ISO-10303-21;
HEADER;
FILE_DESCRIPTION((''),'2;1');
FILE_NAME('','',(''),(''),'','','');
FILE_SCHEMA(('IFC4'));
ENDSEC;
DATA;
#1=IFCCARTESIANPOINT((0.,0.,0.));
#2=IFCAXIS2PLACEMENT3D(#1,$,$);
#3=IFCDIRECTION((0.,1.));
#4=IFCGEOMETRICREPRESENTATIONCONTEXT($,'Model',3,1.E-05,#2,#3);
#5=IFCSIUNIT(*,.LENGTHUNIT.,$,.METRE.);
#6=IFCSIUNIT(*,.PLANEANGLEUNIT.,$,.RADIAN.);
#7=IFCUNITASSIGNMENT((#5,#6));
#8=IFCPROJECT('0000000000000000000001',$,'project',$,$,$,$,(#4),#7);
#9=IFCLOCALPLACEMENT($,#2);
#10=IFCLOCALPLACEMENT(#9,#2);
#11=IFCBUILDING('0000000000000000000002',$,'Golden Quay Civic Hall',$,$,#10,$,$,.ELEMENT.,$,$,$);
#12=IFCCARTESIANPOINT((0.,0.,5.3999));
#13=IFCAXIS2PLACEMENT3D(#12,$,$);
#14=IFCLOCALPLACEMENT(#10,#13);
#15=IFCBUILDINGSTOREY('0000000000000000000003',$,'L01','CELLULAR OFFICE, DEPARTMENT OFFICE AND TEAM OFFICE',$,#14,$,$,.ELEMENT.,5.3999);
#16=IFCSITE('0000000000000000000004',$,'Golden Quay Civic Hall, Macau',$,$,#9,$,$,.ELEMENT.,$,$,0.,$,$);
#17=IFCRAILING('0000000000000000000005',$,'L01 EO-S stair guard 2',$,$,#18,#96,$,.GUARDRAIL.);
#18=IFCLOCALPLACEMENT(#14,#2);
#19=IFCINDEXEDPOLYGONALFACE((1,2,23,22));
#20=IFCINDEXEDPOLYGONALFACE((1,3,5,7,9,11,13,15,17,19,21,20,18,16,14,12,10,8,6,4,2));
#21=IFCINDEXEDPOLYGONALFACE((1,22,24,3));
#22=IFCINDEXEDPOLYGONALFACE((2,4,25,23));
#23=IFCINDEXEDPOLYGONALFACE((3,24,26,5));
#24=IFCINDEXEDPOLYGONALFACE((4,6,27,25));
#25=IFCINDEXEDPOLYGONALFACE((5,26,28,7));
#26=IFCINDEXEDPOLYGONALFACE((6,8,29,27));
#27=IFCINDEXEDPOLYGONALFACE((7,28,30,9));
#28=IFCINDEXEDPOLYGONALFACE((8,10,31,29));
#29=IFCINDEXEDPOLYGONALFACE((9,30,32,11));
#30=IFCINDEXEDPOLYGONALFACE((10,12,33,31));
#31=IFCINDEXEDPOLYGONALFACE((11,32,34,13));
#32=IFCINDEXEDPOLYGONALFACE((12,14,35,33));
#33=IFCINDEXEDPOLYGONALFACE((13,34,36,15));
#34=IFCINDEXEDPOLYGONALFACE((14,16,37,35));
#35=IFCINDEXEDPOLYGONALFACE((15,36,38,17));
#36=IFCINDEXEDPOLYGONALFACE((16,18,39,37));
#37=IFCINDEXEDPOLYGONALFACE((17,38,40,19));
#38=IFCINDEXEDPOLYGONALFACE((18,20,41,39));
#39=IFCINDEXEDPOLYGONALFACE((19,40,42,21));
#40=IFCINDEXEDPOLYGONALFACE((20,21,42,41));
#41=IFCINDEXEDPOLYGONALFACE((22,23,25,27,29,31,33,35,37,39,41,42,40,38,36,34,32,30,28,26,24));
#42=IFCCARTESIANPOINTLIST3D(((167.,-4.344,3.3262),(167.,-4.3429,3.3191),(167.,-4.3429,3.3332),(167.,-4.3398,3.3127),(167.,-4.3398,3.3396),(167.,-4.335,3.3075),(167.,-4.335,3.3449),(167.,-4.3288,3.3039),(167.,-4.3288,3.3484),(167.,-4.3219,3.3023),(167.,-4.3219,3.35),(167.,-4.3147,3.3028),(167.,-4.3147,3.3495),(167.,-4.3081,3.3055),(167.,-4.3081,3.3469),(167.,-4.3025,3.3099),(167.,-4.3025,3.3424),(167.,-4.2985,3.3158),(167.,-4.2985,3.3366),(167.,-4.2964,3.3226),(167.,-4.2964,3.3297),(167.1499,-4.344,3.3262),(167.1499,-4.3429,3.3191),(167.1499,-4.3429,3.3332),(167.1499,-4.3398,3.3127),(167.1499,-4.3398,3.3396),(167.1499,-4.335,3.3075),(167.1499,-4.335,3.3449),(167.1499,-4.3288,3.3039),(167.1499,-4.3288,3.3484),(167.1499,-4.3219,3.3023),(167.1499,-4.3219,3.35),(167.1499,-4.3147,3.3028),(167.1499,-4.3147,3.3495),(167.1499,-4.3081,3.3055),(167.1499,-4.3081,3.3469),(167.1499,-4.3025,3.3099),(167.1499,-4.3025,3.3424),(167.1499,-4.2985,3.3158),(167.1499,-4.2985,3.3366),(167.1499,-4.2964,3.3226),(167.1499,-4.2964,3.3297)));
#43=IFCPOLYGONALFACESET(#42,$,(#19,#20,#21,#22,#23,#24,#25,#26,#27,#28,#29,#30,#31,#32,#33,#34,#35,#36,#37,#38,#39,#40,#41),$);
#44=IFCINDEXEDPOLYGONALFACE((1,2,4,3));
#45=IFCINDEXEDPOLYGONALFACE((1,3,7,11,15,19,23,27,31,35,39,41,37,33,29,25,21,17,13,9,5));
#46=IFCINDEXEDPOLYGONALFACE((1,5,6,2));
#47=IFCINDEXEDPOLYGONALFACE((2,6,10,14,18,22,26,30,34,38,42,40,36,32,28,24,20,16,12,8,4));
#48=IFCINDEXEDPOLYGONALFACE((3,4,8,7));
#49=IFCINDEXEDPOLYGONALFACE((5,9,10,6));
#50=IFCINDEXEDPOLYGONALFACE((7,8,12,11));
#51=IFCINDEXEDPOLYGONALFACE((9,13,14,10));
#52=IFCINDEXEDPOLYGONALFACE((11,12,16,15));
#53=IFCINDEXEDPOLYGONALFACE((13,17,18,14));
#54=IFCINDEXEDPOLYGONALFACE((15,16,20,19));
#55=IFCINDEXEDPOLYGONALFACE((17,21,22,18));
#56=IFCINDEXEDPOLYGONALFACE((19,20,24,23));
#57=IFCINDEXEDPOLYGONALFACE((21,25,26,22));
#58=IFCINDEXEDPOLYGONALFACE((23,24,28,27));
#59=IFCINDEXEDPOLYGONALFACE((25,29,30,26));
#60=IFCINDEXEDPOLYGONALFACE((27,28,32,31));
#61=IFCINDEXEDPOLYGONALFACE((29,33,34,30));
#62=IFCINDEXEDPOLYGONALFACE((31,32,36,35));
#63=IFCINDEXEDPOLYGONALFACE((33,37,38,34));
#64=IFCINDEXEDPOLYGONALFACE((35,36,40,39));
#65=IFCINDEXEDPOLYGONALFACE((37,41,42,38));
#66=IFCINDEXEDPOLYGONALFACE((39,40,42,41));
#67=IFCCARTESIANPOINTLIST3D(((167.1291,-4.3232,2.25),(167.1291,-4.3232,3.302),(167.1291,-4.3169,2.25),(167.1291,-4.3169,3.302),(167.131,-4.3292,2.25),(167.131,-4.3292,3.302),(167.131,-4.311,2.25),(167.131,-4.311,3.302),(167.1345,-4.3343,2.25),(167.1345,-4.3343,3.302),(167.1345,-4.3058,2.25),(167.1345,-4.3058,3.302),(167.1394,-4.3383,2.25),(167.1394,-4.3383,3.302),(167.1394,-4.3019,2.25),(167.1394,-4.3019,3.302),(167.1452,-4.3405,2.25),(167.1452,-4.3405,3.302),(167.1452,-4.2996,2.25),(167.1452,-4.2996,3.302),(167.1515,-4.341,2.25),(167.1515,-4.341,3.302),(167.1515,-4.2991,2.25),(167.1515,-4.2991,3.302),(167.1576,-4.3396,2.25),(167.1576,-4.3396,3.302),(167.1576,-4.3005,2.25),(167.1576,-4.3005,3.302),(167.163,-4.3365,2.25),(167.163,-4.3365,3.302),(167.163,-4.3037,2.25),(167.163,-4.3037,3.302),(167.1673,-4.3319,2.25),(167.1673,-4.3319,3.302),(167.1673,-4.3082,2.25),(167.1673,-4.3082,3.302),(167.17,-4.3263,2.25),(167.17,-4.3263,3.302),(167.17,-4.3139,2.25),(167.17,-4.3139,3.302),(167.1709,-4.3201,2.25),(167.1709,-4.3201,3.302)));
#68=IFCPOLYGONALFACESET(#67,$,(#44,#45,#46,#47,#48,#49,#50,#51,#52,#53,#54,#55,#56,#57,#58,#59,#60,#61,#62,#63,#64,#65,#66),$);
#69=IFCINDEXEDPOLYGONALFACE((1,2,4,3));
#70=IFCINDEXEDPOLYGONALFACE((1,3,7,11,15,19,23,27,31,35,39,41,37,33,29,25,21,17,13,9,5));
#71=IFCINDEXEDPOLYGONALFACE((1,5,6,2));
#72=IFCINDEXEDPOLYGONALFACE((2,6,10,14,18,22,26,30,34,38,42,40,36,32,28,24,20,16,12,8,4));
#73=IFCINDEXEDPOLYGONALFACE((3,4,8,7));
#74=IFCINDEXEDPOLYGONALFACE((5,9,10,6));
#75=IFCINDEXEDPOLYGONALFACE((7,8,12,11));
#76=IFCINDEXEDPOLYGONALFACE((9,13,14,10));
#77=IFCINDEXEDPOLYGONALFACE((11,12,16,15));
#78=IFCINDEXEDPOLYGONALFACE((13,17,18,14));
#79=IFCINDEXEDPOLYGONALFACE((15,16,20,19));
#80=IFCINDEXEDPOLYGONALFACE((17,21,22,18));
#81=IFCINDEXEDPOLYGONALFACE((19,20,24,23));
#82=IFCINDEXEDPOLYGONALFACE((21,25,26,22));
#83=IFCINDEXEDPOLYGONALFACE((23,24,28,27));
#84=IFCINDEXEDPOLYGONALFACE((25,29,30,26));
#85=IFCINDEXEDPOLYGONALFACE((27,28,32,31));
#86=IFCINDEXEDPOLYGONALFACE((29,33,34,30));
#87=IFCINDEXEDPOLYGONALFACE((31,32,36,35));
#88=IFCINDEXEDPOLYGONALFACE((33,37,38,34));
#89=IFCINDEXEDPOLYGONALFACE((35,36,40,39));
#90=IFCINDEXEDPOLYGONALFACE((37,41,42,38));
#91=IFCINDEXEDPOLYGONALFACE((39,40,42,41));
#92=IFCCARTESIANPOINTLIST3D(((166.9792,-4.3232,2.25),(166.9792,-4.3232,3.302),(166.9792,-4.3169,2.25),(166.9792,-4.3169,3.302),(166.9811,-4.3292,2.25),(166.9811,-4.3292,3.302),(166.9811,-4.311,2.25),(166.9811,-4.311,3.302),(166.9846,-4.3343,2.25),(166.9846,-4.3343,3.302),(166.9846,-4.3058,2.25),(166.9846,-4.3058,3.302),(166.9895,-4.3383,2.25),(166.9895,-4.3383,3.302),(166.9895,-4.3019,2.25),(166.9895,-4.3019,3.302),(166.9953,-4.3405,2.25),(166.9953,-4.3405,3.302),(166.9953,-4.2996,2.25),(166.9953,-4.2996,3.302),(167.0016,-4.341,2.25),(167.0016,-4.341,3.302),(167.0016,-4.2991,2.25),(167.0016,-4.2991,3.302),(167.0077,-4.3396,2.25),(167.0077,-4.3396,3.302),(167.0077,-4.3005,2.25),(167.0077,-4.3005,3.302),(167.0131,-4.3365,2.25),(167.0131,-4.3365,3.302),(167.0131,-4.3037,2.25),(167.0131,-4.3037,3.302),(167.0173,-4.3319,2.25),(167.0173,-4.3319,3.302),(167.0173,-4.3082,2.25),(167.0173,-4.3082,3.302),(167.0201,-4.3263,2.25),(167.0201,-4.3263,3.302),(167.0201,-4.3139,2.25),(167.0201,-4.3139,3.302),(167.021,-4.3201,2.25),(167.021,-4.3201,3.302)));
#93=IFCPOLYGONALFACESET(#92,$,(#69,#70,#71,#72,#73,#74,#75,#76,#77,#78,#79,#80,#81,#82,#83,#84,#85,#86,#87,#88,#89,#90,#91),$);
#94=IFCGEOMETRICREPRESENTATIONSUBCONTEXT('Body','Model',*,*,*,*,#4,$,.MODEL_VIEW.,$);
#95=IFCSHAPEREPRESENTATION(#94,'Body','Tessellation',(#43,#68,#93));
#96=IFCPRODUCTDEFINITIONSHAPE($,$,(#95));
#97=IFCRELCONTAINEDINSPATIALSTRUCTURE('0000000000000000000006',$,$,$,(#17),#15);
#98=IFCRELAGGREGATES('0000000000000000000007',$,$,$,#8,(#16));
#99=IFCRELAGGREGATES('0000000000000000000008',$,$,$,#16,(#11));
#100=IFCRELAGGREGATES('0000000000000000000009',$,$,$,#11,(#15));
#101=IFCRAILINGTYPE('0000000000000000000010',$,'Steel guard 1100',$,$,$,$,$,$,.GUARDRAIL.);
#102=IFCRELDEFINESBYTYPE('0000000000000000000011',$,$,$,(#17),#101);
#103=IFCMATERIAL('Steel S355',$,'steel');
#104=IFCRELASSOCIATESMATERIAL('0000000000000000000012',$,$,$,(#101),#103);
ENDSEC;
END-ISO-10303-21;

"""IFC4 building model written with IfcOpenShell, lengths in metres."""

from ifc_helpers import new_model, si_unit, direction, frame, origin, origin_2d, place, context, subcontext, project, spatial, circle, extrude, material, type_object, element, save


model = new_model("IFC4")

# Units and contexts
model_context = context("Model", 3, precision=1e-05, world=origin(), true_north=direction((0.0, 1.0)))
body_context = subcontext(model_context, "Body", "Model", "MODEL_VIEW")
ifc_project = project(units=[si_unit("LENGTHUNIT", "METRE"), si_unit("PLANEANGLEUNIT", "RADIAN")], contexts=[model_context])

# Site, building, storey
site_placement = place(None, origin())
site = spatial("IfcSite", under=ifc_project, at=site_placement, Name="Golden Quay Civic Hall, Macau", CompositionType="ELEMENT", RefElevation=0.0)
building_placement = place(site_placement, origin())
building = spatial("IfcBuilding", under=site, at=building_placement, Name="Golden Quay Civic Hall", CompositionType="ELEMENT")
storey_placement = place(building_placement, frame((0.0, 0.0, 5.3999)))
storey = spatial("IfcBuildingStorey", under=building, at=storey_placement, Name="L01", Description="CELLULAR OFFICE, DEPARTMENT OFFICE AND TEAM OFFICE", CompositionType="ELEMENT", Elevation=5.3999)

# Railing
ifc_material_1 = material(Name="Steel S355", Category="steel")
railing_type_1 = type_object("IfcRailingType", Name="Steel guard 1100", PredefinedType="GUARDRAIL", material=ifc_material_1)
railing_1_placement = place(storey_placement, frame((167.1499, -4.3201, 2.25)))
element("IfcRailing", 1, at=railing_1_placement, inside=storey, type_object=railing_type_1, Name="L01 EO-S stair guard 2", PredefinedType="GUARDRAIL", context=body_context, shape_type="SweptSolid", body=[
    extrude(circle(Radius=0.0239, at=origin_2d()), frame((0.0, 0.0, 1.0762), z_axis=(-1.0, 0.0, 0.0), x_axis=(0.0, -1.0, 0.0)), (0.0, 0.0, 1.0), 0.1499),
    extrude(circle(Radius=0.021, at=origin_2d()), origin(), (0.0, 0.0, 1.0), 1.052),
    extrude(circle(Radius=0.021, at=origin_2d()), frame((-0.1499, 0.0, 0.0)), (0.0, 0.0, 1.0), 1.052),
])

save(model, "model.ifc")
